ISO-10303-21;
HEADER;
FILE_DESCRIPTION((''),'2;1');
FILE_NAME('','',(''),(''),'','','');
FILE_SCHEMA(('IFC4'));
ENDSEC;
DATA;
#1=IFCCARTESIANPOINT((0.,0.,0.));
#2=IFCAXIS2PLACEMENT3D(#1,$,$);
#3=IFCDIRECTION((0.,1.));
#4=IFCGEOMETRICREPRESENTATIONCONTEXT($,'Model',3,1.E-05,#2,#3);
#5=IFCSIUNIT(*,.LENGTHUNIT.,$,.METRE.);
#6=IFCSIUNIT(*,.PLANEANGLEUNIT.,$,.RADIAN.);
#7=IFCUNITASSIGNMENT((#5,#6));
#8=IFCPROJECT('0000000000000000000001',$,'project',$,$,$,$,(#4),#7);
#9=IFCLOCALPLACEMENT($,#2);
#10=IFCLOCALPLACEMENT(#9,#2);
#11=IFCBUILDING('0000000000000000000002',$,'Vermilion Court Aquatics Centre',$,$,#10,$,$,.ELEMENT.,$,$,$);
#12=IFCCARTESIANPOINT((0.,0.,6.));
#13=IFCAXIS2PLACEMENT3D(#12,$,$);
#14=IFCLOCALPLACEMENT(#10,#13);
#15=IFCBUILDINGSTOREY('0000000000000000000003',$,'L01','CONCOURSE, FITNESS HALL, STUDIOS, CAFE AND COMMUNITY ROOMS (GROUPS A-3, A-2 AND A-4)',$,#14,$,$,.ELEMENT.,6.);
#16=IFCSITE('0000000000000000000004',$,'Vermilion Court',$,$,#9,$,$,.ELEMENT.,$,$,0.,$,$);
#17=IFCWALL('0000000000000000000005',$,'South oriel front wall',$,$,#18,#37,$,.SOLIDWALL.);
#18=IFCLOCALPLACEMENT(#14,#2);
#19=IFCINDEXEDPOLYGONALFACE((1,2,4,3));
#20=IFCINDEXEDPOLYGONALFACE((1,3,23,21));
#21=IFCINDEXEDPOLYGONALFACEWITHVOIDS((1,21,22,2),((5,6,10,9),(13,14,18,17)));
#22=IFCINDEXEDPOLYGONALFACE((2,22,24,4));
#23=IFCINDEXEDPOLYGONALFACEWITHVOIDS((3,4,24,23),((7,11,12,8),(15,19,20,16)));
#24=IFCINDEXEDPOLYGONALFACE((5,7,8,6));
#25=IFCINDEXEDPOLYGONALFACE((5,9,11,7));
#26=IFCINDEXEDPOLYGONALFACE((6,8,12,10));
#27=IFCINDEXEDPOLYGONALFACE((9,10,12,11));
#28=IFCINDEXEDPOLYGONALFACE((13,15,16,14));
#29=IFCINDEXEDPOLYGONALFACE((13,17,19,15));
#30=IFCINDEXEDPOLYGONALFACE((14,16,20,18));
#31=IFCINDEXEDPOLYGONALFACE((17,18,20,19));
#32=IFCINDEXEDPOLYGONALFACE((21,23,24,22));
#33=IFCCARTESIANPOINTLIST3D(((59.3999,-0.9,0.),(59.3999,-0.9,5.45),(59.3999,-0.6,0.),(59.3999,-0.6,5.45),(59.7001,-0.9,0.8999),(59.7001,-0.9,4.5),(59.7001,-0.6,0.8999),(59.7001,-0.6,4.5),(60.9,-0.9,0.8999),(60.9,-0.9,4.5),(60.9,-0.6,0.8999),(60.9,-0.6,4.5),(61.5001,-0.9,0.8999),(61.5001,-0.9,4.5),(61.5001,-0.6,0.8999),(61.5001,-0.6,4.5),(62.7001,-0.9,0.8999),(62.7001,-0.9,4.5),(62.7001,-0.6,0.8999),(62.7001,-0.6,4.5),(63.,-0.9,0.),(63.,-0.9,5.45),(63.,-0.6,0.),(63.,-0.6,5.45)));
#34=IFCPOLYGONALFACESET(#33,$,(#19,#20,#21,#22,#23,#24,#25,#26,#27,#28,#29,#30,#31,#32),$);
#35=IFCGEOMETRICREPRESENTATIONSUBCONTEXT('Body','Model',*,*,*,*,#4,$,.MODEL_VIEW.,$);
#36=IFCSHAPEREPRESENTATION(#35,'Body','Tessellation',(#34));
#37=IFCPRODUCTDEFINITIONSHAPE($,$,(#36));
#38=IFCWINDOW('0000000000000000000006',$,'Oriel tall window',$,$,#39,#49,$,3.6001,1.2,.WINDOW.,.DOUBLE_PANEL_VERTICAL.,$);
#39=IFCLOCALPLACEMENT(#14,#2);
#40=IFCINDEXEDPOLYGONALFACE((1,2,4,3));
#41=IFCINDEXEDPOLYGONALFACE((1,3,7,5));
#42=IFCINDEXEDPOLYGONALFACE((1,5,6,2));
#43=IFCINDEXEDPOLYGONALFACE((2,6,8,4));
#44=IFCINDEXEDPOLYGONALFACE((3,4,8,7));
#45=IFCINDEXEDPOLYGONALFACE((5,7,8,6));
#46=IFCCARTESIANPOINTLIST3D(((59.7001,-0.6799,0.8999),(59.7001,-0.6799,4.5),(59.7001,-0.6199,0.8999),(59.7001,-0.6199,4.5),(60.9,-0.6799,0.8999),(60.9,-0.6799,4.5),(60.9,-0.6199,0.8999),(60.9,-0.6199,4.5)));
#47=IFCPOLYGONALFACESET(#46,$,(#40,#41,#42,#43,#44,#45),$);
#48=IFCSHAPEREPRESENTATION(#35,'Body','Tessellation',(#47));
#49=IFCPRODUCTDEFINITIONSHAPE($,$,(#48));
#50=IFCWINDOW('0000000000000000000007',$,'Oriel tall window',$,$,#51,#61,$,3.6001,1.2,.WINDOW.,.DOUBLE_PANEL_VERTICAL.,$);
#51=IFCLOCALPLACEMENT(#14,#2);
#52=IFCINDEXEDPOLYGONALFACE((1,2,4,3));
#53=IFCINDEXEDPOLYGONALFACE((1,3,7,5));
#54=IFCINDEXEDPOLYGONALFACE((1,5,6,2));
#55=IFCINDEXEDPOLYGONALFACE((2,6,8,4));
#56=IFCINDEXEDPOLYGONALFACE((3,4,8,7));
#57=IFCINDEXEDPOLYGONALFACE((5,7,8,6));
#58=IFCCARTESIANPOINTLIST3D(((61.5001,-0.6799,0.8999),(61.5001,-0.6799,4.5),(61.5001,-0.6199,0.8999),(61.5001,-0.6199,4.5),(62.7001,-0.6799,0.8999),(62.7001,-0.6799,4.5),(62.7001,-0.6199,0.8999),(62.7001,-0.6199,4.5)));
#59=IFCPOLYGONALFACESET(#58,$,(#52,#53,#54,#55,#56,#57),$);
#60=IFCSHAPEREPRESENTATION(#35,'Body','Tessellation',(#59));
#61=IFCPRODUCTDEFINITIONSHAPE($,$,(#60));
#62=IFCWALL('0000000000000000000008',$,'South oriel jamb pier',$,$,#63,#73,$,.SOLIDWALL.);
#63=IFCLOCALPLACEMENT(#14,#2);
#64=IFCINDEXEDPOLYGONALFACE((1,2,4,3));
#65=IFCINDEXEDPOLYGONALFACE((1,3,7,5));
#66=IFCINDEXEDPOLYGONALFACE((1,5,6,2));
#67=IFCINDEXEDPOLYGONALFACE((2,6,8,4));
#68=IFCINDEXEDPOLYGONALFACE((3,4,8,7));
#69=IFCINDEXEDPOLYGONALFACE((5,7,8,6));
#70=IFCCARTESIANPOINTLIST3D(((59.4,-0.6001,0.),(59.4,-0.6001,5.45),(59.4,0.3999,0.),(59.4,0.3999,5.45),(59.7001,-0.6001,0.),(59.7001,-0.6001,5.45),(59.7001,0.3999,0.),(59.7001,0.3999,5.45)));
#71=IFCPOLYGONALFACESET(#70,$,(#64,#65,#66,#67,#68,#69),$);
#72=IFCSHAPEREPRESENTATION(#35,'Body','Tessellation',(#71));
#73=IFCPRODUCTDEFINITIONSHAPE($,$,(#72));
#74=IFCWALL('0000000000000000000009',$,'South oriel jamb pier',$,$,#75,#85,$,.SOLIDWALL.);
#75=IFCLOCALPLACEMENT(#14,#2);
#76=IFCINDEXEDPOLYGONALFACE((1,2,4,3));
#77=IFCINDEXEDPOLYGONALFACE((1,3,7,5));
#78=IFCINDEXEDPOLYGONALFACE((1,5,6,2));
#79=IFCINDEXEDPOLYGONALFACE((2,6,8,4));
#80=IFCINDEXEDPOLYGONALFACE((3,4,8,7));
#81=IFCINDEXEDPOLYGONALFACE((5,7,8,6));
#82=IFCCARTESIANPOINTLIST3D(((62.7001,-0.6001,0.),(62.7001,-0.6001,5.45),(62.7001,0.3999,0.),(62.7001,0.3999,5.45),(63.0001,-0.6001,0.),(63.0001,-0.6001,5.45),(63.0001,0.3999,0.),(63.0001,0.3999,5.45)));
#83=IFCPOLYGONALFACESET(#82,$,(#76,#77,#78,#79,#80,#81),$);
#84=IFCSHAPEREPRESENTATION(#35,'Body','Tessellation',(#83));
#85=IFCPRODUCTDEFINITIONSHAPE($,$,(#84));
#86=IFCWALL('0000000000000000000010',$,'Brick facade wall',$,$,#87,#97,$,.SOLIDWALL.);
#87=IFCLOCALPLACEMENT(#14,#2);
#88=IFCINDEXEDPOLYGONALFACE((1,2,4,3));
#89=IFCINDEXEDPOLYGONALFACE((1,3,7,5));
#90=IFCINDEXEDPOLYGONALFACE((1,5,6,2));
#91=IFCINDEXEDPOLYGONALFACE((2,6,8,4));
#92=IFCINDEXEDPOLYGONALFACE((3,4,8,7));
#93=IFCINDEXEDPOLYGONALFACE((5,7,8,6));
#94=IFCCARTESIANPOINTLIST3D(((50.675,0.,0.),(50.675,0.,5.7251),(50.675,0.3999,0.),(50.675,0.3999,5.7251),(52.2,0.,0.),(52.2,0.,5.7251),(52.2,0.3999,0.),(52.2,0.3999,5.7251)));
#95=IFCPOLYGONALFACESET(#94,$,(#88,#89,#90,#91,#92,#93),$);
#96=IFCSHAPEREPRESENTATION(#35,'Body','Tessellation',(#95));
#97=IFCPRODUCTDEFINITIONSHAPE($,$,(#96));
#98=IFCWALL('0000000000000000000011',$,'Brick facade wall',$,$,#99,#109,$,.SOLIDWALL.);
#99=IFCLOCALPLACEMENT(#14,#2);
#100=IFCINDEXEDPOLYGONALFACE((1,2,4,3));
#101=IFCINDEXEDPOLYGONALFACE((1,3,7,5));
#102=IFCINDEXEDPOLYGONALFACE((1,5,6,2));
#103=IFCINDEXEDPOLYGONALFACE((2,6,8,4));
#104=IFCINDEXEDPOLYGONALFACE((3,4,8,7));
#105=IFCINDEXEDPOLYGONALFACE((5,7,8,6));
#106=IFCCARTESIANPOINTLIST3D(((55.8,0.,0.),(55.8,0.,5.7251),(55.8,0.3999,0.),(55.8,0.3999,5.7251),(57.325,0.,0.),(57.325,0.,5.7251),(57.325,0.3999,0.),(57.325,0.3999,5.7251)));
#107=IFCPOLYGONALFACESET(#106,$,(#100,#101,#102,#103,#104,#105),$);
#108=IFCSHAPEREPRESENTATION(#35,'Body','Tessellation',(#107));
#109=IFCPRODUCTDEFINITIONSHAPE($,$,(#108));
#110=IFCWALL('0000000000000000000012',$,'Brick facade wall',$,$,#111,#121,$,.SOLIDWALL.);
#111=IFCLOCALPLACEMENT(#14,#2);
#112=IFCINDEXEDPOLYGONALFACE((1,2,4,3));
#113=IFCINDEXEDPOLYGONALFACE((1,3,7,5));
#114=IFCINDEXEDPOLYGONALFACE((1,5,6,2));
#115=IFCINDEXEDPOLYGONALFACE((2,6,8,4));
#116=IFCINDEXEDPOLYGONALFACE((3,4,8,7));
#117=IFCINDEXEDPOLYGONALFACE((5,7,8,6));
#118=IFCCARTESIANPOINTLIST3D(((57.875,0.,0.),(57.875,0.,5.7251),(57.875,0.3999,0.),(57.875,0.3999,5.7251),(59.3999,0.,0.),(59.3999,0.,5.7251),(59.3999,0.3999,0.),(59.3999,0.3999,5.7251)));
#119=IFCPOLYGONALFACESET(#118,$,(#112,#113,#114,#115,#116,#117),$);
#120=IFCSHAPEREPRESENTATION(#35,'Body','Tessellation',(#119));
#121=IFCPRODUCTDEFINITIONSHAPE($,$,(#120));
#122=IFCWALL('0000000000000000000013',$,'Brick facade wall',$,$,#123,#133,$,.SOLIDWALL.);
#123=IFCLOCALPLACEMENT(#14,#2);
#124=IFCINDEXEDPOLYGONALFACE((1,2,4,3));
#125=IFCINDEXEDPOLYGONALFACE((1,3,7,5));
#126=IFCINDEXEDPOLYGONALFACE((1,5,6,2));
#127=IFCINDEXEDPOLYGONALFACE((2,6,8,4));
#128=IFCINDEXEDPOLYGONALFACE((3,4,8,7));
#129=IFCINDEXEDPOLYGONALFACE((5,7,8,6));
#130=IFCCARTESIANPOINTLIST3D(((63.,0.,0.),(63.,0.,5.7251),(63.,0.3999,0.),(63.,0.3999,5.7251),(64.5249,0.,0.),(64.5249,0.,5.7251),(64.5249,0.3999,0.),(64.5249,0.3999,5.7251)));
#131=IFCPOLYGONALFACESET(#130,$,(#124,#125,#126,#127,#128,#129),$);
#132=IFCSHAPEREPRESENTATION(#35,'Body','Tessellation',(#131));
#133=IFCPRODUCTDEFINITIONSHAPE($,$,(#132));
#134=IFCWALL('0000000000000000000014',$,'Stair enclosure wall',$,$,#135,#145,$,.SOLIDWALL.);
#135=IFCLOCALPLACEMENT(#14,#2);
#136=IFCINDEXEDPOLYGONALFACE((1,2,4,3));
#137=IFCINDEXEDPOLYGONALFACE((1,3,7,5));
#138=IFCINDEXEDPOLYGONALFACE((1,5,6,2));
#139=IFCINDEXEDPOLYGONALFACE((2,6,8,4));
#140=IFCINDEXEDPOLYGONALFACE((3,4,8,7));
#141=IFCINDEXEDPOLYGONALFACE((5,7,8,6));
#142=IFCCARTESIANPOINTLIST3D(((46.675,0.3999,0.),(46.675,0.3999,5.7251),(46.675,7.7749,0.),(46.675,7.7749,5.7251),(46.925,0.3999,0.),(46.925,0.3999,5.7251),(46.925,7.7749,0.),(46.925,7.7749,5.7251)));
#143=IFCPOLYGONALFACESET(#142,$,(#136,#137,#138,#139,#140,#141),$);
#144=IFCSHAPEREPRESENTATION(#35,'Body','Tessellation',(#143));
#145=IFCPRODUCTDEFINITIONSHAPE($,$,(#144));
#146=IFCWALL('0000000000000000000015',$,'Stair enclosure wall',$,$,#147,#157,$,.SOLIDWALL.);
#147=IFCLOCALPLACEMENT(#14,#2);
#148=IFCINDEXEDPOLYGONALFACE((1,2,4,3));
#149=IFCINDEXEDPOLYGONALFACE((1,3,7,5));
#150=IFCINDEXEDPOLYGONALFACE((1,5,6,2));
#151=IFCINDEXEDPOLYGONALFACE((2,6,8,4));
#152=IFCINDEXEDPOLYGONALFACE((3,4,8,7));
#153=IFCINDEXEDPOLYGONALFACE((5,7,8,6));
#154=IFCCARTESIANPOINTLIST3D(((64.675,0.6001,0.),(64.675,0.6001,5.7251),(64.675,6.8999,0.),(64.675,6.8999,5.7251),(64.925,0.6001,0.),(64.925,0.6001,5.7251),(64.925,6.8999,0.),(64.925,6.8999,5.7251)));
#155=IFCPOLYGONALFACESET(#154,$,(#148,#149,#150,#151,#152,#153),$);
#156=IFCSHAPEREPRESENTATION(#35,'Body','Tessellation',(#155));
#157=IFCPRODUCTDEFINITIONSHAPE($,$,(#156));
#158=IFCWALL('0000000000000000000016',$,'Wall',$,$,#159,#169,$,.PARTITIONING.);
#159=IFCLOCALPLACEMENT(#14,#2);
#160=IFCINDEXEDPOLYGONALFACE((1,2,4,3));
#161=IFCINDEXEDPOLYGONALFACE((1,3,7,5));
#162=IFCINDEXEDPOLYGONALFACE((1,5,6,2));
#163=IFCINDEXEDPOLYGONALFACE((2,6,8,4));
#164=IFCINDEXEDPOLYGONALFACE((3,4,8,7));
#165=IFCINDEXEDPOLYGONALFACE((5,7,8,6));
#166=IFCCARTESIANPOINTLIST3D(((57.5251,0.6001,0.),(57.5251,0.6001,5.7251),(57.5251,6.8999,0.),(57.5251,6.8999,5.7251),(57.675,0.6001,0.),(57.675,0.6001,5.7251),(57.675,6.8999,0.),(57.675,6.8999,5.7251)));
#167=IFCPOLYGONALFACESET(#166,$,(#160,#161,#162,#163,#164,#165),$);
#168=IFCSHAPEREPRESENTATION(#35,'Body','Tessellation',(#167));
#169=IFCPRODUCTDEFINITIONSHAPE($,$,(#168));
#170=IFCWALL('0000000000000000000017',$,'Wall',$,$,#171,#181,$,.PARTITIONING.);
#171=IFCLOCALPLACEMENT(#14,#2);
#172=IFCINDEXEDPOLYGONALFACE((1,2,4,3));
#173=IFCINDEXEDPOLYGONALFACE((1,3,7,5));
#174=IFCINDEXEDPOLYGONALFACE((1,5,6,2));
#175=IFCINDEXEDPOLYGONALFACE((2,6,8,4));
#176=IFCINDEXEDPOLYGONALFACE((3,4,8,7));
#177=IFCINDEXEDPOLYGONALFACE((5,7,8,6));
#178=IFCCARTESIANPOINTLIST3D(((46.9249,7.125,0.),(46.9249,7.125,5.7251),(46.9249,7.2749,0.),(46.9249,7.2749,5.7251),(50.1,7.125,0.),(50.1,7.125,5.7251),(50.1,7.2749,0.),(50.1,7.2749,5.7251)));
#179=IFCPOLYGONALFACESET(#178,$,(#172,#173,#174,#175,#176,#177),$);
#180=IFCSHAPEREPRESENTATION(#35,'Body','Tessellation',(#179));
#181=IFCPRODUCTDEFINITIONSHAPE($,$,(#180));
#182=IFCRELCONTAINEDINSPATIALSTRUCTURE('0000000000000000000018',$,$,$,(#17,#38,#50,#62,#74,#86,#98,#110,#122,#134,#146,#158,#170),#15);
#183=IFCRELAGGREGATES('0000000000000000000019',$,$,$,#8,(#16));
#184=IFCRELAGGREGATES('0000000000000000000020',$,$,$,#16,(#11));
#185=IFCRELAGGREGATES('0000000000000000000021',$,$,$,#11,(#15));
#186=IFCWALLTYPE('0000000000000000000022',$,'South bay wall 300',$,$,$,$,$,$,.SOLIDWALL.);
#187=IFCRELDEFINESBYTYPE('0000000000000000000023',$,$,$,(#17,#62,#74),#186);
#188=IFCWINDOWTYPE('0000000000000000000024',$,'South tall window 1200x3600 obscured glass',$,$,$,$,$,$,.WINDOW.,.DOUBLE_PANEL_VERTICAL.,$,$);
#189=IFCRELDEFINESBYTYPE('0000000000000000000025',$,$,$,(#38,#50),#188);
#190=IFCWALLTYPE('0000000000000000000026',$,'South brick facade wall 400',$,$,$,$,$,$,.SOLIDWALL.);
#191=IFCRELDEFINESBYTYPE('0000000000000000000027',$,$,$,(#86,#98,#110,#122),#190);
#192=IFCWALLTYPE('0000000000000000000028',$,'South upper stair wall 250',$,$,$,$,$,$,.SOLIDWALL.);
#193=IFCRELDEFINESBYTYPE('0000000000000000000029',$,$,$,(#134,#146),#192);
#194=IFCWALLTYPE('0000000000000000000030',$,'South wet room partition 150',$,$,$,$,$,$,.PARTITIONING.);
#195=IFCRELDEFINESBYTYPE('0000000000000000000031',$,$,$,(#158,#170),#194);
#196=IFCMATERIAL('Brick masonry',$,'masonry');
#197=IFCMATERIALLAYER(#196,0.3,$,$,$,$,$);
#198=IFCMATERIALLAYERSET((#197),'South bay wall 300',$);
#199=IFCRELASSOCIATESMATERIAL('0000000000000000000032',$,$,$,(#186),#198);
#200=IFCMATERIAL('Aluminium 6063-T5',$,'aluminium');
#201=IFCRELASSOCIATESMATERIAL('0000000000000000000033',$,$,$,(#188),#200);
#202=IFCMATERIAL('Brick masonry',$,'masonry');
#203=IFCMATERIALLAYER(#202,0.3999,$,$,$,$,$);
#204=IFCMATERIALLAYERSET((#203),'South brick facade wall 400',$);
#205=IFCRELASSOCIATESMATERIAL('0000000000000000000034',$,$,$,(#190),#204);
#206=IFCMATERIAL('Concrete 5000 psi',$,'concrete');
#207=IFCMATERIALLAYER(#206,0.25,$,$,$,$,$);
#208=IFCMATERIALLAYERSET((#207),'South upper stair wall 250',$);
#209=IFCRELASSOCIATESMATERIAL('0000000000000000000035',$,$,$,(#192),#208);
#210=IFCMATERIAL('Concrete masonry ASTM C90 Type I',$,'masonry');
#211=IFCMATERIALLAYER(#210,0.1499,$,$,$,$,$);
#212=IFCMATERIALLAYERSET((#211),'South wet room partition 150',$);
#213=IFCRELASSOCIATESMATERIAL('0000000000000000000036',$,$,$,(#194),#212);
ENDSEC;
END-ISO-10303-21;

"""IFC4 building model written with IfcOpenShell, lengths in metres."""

from ifc_helpers import new_model, si_unit, direction, frame, frame_2d, origin, place, context, subcontext, project, spatial, rectangle, extrude, material, layer, layer_set, type_object, element, fill, save


model = new_model("IFC4")

# Units and contexts
model_context = context("Model", 3, precision=1e-05, world=origin(), true_north=direction((0.0, 1.0)))
body_context = subcontext(model_context, "Body", "Model", "MODEL_VIEW")
ifc_project = project(units=[si_unit("LENGTHUNIT", "METRE"), si_unit("PLANEANGLEUNIT", "RADIAN")], contexts=[model_context])

# Site, building, storey
site_placement = place(None, origin())
site = spatial("IfcSite", under=ifc_project, at=site_placement, Name="Vermilion Court", CompositionType="ELEMENT", RefElevation=0.0)
building_placement = place(site_placement, origin())
building = spatial("IfcBuilding", under=site, at=building_placement, Name="Vermilion Court Aquatics Centre", CompositionType="ELEMENT")
storey_placement = place(building_placement, frame((0.0, 0.0, 6.0)))
storey = spatial("IfcBuildingStorey", under=building, at=storey_placement, Name="L01", Description="CONCOURSE, FITNESS HALL, STUDIOS, CAFE AND COMMUNITY ROOMS (GROUPS A-3, A-2 AND A-4)", CompositionType="ELEMENT", Elevation=6.0)

# Shared definitions
ifc_material_1 = material(Name="Brick masonry", Category="masonry")
ifc_layer_1 = layer(ifc_material_1, 0.3)
ifc_layer_set_1 = layer_set([ifc_layer_1], Name="South bay wall 300")
wall_type_1 = type_object("IfcWallType", Name="South bay wall 300", PredefinedType="SOLIDWALL", material=ifc_layer_set_1)
ifc_material_2 = material(Name="Aluminium 6063-T5", Category="aluminium")
window_type = type_object("IfcWindowType", Name="South tall window 1200x3600 obscured glass", PartitioningType="DOUBLE_PANEL_VERTICAL", PredefinedType="WINDOW", material=ifc_material_2)

# Wall, openings, windows
wall_1_placement = place(storey_placement, frame((59.3999, -0.75, 0.0), z_axis=(0.0, 0.0, 1.0), x_axis=(1.0, 0.0, 0.0)))
wall_1 = element("IfcWall", 1, at=wall_1_placement, inside=storey, type_object=wall_type_1, Name="South oriel front wall", PredefinedType="SOLIDWALL", context=body_context, shape_type="SweptSolid", body=[
    extrude(rectangle(XDim=3.6001, YDim=0.3, at=frame_2d((1.8, 0.0))), origin(), (0.0, 0.0, 1.0), 5.45),
])
opening_1_placement = place(wall_1_placement, frame((0.3, 0.0, 0.8999)))
opening_1 = element("IfcOpeningElement", 2, at=opening_1_placement, cuts=wall_1, PredefinedType="OPENING", context=body_context, shape_type="SweptSolid", body=[
    extrude(rectangle(XDim=1.2, YDim=3.6001, at=frame_2d((0.6001, 1.8))), frame((0.0, 0.1599, 0.0), z_axis=(0.0, -1.0, 0.0), x_axis=(1.0, 0.0, 0.0)), (0.0, 0.0, 1.0), 0.3201),
])
opening_2_placement = place(wall_1_placement, frame((2.1001, 0.0, 0.8999)))
opening_2 = element("IfcOpeningElement", 3, at=opening_2_placement, cuts=wall_1, PredefinedType="OPENING", context=body_context, shape_type="SweptSolid", body=[
    extrude(rectangle(XDim=1.2, YDim=3.6001, at=frame_2d((0.6001, 1.8))), frame((0.0, 0.1599, 0.0), z_axis=(0.0, -1.0, 0.0), x_axis=(1.0, 0.0, 0.0)), (0.0, 0.0, 1.0), 0.3201),
])
window_1_placement = place(opening_1_placement, origin())
window_1 = element("IfcWindow", 4, at=window_1_placement, inside=storey, type_object=window_type, Name="Oriel tall window", OverallHeight=3.6001, OverallWidth=1.2, PartitioningType="DOUBLE_PANEL_VERTICAL", PredefinedType="WINDOW", context=body_context, shape_type="SweptSolid", body=[
    extrude(rectangle(XDim=1.2, YDim=3.6001, at=frame_2d((0.6001, 1.8))), frame((0.0, 0.1301, 0.0), z_axis=(0.0, -1.0, 0.0), x_axis=(1.0, 0.0, 0.0)), (0.0, 0.0, 1.0), 0.0601),
])
fill(opening_1, window_1)
window_2_placement = place(opening_2_placement, origin())
window_2 = element("IfcWindow", 5, at=window_2_placement, inside=storey, type_object=window_type, Name="Oriel tall window", OverallHeight=3.6001, OverallWidth=1.2, PartitioningType="DOUBLE_PANEL_VERTICAL", PredefinedType="WINDOW", context=body_context, shape_type="SweptSolid", body=[
    extrude(rectangle(XDim=1.2, YDim=3.6001, at=frame_2d((0.6001, 1.8))), frame((0.0, 0.1301, 0.0), z_axis=(0.0, -1.0, 0.0), x_axis=(1.0, 0.0, 0.0)), (0.0, 0.0, 1.0), 0.0601),
])
fill(opening_2, window_2)

# Walls
for number, where, z_axis, x_axis, name in (
    (6, (59.55, -0.6001, 0.0), (0.0, 0.0, 1.0), (0.0, 1.0, 0.0), "South oriel jamb pier"),
    (7, (62.8501, -0.6001, 0.0), (0.0, 0.0, 1.0), (0.0, 1.0, 0.0), "South oriel jamb pier"),
):
    element("IfcWall", number, at=place(storey_placement, frame(where, z_axis=z_axis, x_axis=x_axis)), inside=storey, type_object=wall_type_1, Name=name, PredefinedType="SOLIDWALL", context=body_context, shape_type="SweptSolid", body=[
        extrude(rectangle(XDim=1.0, YDim=0.3, at=frame_2d((0.5, 0.0))), origin(), (0.0, 0.0, 1.0), 5.45),
    ])
ifc_material_3 = material(Name="Brick masonry", Category="masonry")
ifc_layer_2 = layer(ifc_material_3, 0.3999)
ifc_layer_set_2 = layer_set([ifc_layer_2], Name="South brick facade wall 400")
wall_type_2 = type_object("IfcWallType", Name="South brick facade wall 400", PredefinedType="SOLIDWALL", material=ifc_layer_set_2)
for number, where, z_axis, x_axis, name in (
    (8, (50.675, 0.2, 0.0), (0.0, 0.0, 1.0), (1.0, 0.0, 0.0), "Brick facade wall"),
    (9, (55.8, 0.2, 0.0), (0.0, 0.0, 1.0), (1.0, 0.0, 0.0), "Brick facade wall"),
    (10, (57.875, 0.2, 0.0), (0.0, 0.0, 1.0), (1.0, 0.0, 0.0), "Brick facade wall"),
    (11, (63.0, 0.2, 0.0), (0.0, 0.0, 1.0), (1.0, 0.0, 0.0), "Brick facade wall"),
):
    element("IfcWall", number, at=place(storey_placement, frame(where, z_axis=z_axis, x_axis=x_axis)), inside=storey, type_object=wall_type_2, Name=name, PredefinedType="SOLIDWALL", context=body_context, shape_type="SweptSolid", body=[
        extrude(rectangle(XDim=1.5249, YDim=0.3999, at=frame_2d((0.7625, 0.0))), origin(), (0.0, 0.0, 1.0), 5.7251),
    ])
ifc_material_4 = material(Name="Concrete 5000 psi", Category="concrete")
ifc_layer_3 = layer(ifc_material_4, 0.25)
ifc_layer_set_3 = layer_set([ifc_layer_3], Name="South upper stair wall 250")
wall_type_3 = type_object("IfcWallType", Name="South upper stair wall 250", PredefinedType="SOLIDWALL", material=ifc_layer_set_3)
wall_2_placement = place(storey_placement, frame((46.8, 0.3999, 0.0), z_axis=(0.0, 0.0, 1.0), x_axis=(0.0, 1.0, 0.0)))
element("IfcWall", 12, at=wall_2_placement, inside=storey, type_object=wall_type_3, Name="Stair enclosure wall", PredefinedType="SOLIDWALL", context=body_context, shape_type="SweptSolid", body=[
    extrude(rectangle(XDim=7.375, YDim=0.25, at=frame_2d((3.6875, 0.0))), origin(), (0.0, 0.0, 1.0), 5.7251),
])
wall_3_placement = place(storey_placement, frame((64.8, 0.6001, 0.0), z_axis=(0.0, 0.0, 1.0), x_axis=(0.0, 1.0, 0.0)))
element("IfcWall", 13, at=wall_3_placement, inside=storey, type_object=wall_type_3, Name="Stair enclosure wall", PredefinedType="SOLIDWALL", context=body_context, shape_type="SweptSolid", body=[
    extrude(rectangle(XDim=6.2998, YDim=0.25, at=frame_2d((3.1499, 0.0))), origin(), (0.0, 0.0, 1.0), 5.7251),
])
ifc_material_5 = material(Name="Concrete masonry ASTM C90 Type I", Category="masonry")
ifc_layer_4 = layer(ifc_material_5, 0.1499)
ifc_layer_set_4 = layer_set([ifc_layer_4], Name="South wet room partition 150")
wall_type_4 = type_object("IfcWallType", Name="South wet room partition 150", PredefinedType="PARTITIONING", material=ifc_layer_set_4)
wall_4_placement = place(storey_placement, frame((57.6001, 0.6001, 0.0), z_axis=(0.0, 0.0, 1.0), x_axis=(0.0, 1.0, 0.0)))
element("IfcWall", 14, at=wall_4_placement, inside=storey, type_object=wall_type_4, Name="Wall", PredefinedType="PARTITIONING", context=body_context, shape_type="SweptSolid", body=[
    extrude(rectangle(XDim=6.2998, YDim=0.1499, at=frame_2d((3.1499, 0.0))), origin(), (0.0, 0.0, 1.0), 5.7251),
])
wall_5_placement = place(storey_placement, frame((46.925, 7.2, 0.0), z_axis=(0.0, 0.0, 1.0), x_axis=(1.0, 0.0, 0.0)))
element("IfcWall", 15, at=wall_5_placement, inside=storey, type_object=wall_type_4, Name="Wall", PredefinedType="PARTITIONING", context=body_context, shape_type="SweptSolid", body=[
    extrude(rectangle(XDim=3.175, YDim=0.1499, at=frame_2d((1.5874, 0.0))), origin(), (0.0, 0.0, 1.0), 5.7251),
])

save(model, "model.ifc")
